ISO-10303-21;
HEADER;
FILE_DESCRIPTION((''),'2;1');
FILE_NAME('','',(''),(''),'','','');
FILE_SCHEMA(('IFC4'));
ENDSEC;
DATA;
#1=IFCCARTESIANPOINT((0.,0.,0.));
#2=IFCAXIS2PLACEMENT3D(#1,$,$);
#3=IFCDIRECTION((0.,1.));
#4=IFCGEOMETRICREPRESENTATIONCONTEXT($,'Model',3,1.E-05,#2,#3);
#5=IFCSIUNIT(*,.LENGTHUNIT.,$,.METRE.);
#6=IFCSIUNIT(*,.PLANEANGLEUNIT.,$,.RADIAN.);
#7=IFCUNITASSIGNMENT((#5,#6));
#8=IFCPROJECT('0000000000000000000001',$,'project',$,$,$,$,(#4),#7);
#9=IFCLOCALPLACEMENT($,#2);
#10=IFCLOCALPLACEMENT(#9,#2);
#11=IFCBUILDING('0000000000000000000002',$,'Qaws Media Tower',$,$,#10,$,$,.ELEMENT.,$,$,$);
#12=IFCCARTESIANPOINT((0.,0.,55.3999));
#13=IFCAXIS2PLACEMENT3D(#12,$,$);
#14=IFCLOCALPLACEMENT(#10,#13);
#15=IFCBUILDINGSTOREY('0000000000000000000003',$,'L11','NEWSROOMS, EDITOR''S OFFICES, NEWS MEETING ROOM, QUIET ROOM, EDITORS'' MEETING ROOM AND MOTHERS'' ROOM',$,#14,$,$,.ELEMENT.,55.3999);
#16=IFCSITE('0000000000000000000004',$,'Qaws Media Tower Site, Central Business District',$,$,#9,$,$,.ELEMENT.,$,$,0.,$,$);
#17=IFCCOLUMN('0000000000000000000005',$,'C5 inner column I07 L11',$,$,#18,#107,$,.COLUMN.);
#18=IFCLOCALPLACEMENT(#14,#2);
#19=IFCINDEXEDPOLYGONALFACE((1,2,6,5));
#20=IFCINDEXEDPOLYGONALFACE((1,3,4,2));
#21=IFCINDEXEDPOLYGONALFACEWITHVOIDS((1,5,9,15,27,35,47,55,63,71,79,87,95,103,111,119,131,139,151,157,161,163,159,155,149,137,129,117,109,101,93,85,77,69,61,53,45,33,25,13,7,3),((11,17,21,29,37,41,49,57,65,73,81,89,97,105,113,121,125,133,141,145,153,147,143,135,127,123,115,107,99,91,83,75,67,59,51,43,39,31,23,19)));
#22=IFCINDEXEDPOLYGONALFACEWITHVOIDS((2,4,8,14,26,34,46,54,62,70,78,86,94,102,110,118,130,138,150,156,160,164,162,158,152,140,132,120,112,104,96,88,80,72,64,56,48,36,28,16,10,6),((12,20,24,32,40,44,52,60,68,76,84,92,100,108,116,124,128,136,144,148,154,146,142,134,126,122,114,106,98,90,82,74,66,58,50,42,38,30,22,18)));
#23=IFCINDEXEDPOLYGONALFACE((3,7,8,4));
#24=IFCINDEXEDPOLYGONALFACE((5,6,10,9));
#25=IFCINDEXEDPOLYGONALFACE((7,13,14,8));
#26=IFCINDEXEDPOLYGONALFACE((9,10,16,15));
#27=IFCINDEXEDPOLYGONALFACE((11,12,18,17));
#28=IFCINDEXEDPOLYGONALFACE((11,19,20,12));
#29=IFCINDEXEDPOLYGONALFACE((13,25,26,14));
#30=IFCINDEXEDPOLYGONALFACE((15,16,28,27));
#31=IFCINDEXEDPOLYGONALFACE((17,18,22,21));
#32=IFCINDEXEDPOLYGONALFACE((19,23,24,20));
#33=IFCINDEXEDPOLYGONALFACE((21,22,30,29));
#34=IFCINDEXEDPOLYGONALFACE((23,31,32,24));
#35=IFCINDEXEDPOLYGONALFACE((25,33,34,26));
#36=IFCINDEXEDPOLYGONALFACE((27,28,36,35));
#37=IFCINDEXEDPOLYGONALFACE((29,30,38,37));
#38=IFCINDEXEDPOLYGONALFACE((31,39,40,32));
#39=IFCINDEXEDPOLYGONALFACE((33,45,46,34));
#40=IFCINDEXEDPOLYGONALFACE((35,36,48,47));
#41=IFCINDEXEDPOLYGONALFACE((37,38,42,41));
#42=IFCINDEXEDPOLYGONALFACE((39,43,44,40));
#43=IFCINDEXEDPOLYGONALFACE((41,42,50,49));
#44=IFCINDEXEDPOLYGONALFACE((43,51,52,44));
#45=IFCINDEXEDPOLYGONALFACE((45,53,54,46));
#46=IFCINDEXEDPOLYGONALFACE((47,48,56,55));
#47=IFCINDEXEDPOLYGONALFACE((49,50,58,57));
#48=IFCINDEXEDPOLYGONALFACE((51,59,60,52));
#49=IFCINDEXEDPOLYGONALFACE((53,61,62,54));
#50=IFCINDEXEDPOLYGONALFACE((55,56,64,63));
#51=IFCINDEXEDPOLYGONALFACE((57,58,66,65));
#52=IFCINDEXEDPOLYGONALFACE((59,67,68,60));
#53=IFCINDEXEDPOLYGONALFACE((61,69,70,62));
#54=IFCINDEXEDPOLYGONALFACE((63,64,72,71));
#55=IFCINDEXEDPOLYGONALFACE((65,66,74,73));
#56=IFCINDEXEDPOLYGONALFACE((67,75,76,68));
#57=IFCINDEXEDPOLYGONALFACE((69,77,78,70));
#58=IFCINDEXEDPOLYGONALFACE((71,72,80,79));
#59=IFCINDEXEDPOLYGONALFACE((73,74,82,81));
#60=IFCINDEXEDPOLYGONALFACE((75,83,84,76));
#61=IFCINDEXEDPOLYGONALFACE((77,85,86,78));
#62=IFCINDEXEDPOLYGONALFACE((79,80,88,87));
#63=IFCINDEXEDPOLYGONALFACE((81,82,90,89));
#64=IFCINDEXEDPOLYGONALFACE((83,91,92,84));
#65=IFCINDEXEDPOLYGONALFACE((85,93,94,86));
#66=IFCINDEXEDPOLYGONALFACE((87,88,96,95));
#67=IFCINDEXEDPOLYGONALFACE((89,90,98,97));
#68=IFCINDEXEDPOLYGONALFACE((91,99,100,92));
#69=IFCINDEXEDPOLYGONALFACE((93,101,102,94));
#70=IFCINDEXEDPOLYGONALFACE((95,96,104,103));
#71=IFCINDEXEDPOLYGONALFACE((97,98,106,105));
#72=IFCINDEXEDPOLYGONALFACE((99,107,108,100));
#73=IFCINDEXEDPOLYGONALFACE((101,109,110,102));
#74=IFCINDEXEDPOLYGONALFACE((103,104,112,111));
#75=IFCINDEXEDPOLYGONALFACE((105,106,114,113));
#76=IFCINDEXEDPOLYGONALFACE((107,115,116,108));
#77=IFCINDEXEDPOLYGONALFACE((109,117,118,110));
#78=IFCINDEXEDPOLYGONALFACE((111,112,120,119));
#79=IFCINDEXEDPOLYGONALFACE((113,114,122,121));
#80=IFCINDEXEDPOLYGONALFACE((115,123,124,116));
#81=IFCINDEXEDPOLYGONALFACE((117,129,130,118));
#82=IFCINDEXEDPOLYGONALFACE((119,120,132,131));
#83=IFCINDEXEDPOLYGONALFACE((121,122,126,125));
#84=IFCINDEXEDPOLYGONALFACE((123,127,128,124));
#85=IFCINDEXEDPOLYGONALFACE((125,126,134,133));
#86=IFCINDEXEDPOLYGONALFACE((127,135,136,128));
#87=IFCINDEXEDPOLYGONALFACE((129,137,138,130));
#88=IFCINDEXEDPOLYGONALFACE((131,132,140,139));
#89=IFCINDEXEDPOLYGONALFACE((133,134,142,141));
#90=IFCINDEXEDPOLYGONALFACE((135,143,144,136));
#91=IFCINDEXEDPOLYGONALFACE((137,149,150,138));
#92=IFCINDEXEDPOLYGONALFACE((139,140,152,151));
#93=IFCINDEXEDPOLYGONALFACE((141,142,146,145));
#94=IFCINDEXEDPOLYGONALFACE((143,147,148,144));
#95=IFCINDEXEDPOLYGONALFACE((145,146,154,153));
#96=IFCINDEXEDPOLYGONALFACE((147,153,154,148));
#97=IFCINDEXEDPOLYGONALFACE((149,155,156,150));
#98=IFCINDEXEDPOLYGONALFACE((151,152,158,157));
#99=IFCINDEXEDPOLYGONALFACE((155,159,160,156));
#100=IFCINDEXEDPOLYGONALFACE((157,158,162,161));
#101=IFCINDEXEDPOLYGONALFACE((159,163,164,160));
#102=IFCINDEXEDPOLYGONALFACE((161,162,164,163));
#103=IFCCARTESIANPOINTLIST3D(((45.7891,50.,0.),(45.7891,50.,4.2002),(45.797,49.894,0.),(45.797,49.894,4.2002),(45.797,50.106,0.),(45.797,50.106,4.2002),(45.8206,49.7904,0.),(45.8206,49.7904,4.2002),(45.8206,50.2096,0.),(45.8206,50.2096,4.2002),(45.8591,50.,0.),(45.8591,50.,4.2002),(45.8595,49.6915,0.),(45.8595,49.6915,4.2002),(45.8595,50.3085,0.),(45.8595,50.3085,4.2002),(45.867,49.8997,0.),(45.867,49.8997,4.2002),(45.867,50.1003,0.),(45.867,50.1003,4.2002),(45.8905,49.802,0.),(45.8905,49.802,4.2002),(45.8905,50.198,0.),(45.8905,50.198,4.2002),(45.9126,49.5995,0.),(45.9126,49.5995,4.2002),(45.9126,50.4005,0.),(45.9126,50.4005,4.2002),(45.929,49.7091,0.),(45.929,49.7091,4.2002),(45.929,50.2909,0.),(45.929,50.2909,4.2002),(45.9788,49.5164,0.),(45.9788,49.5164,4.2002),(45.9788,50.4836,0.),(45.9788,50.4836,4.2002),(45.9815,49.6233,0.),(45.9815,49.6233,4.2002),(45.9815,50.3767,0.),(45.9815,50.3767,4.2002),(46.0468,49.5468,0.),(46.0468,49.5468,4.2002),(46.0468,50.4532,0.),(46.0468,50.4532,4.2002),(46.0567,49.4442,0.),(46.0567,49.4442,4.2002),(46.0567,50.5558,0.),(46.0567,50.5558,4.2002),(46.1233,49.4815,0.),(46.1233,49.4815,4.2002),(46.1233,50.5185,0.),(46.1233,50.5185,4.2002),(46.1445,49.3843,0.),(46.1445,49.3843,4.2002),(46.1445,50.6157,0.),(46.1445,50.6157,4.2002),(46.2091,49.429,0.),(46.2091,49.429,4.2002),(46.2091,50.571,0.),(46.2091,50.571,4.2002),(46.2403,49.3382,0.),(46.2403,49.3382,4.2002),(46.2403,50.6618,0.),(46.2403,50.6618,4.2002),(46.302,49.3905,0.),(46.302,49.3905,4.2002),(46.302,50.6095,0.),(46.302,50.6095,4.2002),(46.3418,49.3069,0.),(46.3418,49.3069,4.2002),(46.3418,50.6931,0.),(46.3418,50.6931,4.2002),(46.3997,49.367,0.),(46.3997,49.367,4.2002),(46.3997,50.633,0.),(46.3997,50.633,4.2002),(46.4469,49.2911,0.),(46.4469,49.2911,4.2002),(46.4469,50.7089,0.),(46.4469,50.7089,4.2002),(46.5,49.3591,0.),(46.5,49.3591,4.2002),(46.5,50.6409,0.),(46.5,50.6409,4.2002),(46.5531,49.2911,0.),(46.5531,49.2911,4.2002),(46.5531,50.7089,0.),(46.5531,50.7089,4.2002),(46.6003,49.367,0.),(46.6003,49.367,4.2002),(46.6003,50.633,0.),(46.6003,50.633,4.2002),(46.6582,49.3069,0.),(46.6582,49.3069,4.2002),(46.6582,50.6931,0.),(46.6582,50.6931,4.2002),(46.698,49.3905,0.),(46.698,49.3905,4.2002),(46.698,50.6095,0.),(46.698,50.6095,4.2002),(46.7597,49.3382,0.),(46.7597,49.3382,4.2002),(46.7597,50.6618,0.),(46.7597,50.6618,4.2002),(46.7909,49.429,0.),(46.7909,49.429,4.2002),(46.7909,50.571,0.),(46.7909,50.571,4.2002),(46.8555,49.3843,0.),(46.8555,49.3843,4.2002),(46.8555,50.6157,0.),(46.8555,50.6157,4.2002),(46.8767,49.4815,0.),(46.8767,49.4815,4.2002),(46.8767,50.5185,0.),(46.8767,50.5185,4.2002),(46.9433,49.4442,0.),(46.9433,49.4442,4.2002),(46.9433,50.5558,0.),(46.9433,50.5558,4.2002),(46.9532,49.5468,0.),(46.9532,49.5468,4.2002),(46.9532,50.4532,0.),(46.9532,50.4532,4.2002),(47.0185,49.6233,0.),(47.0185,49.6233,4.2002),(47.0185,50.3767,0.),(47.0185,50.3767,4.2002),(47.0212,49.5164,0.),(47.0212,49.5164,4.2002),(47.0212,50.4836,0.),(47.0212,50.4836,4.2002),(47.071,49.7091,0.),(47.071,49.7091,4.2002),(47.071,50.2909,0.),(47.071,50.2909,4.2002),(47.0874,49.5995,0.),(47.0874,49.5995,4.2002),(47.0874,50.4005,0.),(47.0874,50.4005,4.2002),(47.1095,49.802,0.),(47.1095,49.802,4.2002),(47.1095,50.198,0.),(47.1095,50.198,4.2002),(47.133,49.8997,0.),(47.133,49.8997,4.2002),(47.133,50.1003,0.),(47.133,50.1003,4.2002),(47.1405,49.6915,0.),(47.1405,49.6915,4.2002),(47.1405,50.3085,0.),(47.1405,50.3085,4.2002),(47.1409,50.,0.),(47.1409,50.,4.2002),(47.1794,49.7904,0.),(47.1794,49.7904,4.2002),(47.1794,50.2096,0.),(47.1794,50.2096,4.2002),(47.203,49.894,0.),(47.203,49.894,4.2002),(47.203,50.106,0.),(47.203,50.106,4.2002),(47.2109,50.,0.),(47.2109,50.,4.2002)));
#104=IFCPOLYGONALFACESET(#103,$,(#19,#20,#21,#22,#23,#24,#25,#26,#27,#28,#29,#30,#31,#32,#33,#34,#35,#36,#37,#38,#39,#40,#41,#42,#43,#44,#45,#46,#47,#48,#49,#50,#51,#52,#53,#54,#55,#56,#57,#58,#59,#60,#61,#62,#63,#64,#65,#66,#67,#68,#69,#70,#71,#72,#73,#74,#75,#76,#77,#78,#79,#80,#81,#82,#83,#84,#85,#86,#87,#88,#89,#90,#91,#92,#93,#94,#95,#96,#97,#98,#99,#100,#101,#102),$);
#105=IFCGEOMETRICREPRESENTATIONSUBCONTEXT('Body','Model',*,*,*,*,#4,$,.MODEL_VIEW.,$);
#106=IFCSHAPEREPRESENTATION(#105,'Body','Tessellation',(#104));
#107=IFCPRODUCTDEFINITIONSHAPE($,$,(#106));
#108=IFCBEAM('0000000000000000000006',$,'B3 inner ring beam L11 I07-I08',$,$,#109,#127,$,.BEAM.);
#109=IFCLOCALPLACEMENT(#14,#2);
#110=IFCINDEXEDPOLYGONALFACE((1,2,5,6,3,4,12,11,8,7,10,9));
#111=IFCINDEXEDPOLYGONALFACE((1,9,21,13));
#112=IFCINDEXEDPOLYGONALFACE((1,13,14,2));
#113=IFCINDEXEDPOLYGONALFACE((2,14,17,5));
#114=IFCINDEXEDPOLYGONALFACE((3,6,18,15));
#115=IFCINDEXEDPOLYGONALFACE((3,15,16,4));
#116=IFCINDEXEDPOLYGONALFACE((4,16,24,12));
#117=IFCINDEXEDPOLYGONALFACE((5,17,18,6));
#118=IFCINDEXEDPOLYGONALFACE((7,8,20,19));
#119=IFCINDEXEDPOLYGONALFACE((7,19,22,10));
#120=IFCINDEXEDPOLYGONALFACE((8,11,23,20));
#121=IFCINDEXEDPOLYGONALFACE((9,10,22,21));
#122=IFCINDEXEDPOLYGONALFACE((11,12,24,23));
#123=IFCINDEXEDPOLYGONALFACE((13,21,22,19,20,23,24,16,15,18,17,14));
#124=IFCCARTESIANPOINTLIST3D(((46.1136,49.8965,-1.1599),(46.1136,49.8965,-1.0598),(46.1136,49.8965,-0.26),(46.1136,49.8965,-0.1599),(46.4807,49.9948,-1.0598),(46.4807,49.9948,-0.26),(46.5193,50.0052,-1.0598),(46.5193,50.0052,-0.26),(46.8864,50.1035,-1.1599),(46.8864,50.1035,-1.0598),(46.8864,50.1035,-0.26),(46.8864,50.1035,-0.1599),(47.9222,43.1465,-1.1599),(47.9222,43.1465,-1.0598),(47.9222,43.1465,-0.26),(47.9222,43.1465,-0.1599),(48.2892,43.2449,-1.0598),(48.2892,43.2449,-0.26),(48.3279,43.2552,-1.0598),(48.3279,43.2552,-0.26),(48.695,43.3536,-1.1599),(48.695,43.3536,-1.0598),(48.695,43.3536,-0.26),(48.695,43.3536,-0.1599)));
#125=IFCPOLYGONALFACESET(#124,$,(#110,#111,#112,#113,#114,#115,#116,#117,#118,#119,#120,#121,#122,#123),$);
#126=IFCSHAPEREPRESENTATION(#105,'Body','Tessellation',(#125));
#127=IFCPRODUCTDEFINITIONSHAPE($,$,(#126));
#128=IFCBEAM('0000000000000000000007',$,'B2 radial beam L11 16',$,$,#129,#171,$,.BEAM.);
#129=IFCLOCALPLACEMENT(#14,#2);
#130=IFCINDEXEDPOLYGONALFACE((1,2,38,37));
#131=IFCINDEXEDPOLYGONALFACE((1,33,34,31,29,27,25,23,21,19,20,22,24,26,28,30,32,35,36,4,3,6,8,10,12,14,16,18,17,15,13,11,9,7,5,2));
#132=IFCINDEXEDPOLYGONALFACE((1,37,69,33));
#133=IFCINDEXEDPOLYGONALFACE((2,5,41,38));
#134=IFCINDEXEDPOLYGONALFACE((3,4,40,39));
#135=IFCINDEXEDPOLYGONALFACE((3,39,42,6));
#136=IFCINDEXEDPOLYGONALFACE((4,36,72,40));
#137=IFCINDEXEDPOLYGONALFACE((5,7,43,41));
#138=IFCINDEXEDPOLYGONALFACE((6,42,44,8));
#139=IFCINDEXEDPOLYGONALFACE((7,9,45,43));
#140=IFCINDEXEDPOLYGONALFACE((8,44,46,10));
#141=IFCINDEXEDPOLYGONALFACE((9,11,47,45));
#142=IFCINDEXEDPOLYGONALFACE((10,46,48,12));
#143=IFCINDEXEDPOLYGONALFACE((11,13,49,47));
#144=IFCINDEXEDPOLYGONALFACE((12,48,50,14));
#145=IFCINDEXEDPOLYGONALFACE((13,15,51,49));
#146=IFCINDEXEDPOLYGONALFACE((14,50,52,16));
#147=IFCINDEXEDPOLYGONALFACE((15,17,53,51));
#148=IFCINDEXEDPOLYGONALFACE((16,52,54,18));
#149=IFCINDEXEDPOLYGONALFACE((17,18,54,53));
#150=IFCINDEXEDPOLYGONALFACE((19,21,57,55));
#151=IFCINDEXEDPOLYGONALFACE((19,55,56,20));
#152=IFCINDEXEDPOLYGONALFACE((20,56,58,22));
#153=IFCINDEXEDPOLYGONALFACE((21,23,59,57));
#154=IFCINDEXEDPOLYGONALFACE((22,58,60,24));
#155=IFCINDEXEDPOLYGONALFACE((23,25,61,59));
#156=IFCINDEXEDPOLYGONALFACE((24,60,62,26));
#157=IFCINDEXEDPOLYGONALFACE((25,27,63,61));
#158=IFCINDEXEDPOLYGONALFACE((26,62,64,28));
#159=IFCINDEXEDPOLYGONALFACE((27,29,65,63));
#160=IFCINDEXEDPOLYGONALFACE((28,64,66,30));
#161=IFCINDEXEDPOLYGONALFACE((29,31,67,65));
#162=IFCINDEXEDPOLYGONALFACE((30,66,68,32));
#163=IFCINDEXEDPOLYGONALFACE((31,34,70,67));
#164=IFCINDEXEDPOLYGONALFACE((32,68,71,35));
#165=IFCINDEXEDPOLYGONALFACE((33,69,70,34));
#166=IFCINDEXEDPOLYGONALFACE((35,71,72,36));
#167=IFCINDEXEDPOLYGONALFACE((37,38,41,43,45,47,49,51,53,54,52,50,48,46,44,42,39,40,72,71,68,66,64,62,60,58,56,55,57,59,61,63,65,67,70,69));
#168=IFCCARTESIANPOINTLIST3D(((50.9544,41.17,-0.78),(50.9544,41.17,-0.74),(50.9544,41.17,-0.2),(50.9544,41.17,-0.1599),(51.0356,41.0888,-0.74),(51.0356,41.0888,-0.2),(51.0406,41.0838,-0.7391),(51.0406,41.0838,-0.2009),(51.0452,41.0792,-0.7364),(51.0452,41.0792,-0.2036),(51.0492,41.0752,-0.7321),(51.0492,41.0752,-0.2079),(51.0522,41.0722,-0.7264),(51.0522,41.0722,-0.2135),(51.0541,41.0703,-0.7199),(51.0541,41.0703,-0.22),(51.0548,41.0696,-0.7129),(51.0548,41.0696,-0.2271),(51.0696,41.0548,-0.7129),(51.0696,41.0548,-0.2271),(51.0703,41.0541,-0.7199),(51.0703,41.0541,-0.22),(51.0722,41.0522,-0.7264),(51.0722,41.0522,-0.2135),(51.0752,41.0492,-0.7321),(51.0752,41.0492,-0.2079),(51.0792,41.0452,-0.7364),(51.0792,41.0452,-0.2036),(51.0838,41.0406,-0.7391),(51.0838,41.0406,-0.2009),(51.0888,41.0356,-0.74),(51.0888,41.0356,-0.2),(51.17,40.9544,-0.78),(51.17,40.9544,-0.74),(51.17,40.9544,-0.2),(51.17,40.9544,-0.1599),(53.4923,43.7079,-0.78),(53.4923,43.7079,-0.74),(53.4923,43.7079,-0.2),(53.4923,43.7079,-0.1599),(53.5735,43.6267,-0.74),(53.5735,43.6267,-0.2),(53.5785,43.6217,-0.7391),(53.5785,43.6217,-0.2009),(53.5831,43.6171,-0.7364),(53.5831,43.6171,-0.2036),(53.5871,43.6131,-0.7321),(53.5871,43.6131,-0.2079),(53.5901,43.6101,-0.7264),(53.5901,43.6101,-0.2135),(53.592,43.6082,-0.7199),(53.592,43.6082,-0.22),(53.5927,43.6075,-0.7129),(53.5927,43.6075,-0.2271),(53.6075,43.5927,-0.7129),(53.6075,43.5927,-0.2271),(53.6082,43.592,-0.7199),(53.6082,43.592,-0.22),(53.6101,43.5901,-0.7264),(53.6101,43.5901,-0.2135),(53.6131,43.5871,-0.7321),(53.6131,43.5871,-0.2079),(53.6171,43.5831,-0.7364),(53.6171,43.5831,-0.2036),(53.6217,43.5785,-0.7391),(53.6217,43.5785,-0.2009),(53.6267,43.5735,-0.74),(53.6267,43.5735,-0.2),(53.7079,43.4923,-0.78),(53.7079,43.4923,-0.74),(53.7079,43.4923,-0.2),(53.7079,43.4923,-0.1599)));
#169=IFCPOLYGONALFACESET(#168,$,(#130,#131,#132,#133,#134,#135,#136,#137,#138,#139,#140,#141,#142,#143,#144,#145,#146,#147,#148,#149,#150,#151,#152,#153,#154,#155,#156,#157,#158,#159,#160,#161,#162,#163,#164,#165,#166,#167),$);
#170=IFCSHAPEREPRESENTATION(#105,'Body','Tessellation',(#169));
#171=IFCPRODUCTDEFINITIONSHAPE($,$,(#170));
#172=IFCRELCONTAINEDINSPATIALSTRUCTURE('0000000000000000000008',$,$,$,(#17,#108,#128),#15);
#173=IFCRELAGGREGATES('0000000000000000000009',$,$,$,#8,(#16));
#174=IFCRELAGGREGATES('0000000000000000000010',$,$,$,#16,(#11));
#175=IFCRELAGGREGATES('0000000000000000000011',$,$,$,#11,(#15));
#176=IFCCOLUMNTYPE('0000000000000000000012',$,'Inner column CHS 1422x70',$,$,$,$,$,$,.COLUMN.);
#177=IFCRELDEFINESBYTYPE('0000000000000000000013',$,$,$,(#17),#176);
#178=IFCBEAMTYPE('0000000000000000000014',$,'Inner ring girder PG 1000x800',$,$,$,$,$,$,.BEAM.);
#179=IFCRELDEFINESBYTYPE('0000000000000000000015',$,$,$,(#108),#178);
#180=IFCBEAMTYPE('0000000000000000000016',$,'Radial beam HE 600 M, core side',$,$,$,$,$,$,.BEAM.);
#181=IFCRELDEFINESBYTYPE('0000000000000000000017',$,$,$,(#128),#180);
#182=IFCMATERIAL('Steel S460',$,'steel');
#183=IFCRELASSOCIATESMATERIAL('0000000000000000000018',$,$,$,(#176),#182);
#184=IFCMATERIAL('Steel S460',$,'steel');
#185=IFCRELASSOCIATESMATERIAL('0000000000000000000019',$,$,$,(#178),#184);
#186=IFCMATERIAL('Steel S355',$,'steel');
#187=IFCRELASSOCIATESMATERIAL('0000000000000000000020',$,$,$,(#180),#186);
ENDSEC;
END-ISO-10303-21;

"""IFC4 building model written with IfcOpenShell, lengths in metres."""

from ifc_helpers import new_model, si_unit, direction, frame, origin, origin_2d, place, context, subcontext, project, spatial, hollow_circle, i_section, extrude, material, material_profile, profile_set, type_object, element, save


model = new_model("IFC4")

# Units and contexts
model_context = context("Model", 3, precision=1e-05, world=origin(), true_north=direction((0.0, 1.0)))
body_context = subcontext(model_context, "Body", "Model", "MODEL_VIEW")
ifc_project = project(units=[si_unit("LENGTHUNIT", "METRE"), si_unit("PLANEANGLEUNIT", "RADIAN")], contexts=[model_context])

# Site, building, storey
site_placement = place(None, origin())
site = spatial("IfcSite", under=ifc_project, at=site_placement, Name="Qaws Media Tower Site, Central Business District", CompositionType="ELEMENT", RefElevation=0.0)
building_placement = place(site_placement, origin())
building = spatial("IfcBuilding", under=site, at=building_placement, Name="Qaws Media Tower", CompositionType="ELEMENT")
storey_placement = place(building_placement, frame((0.0, 0.0, 55.3999)))
storey = spatial("IfcBuildingStorey", under=building, at=storey_placement, Name="L11", Description="NEWSROOMS, EDITOR'S OFFICES, NEWS MEETING ROOM, QUIET ROOM, EDITORS' MEETING ROOM AND MOTHERS' ROOM", CompositionType="ELEMENT", Elevation=55.3999)

# Column
ifc_material_1 = material(Name="Steel S460", Category="steel")
ifc_material_profile_1 = material_profile(ifc_material_1, hollow_circle(Radius=0.7109, WallThickness=0.0701, at=origin_2d()), Name="CHS 1422x70")
ifc_profile_set_1 = profile_set([ifc_material_profile_1], Name="Steel S460")
column_type = type_object("IfcColumnType", Name="Inner column CHS 1422x70", PredefinedType="COLUMN", material=ifc_profile_set_1)
column_placement = place(storey_placement, frame((46.5, 50.0, 0.0), z_axis=(0.0, 0.0, 1.0), x_axis=(1.0, 0.0, 0.0)))
element("IfcColumn", 1, at=column_placement, inside=storey, type_object=column_type, Name="C5 inner column I07 L11", PredefinedType="COLUMN", context=body_context, shape_type="SweptSolid", body=[
    extrude(hollow_circle(Radius=0.7109, WallThickness=0.0701, at=origin_2d()), origin(), (0.0, 0.0, 1.0), 4.2002),
])

# Beams
ifc_material_2 = material(Name="Steel S460", Category="steel")
ifc_material_profile_2 = material_profile(ifc_material_2, i_section(OverallWidth=0.8, OverallDepth=1.0, WebThickness=0.04, FlangeThickness=0.1001, at=origin_2d()), Name="PG 1000x800")
ifc_profile_set_2 = profile_set([ifc_material_profile_2], Name="Steel S460")
beam_type_1 = type_object("IfcBeamType", Name="Inner ring girder PG 1000x800", PredefinedType="BEAM", material=ifc_profile_set_2)
beam_1_placement = place(storey_placement, frame((46.5, 50.0, -0.6599), z_axis=(0.258811, -0.965928, 0.0), x_axis=(0.965928, 0.258811, 0.0)))
element("IfcBeam", 2, at=beam_1_placement, inside=storey, type_object=beam_type_1, Name="B3 inner ring beam L11 I07-I08", PredefinedType="BEAM", context=body_context, shape_type="SweptSolid", body=[
    extrude(i_section(OverallWidth=0.8, OverallDepth=1.0, WebThickness=0.04, FlangeThickness=0.1001, at=origin_2d()), origin(), (0.0, 0.0, 1.0), 6.988),
])
ifc_material_3 = material(Name="Steel S355", Category="steel")
ifc_material_profile_3 = material_profile(ifc_material_3, i_section(OverallWidth=0.3049, OverallDepth=0.6201, WebThickness=0.021, FlangeThickness=0.04, FilletRadius=0.0271, at=origin_2d()), Name="HE 600 M")
ifc_profile_set_3 = profile_set([ifc_material_profile_3], Name="Steel S355")
beam_type_2 = type_object("IfcBeamType", Name="Radial beam HE 600 M, core side", PredefinedType="BEAM", material=ifc_profile_set_3)
beam_2_placement = place(storey_placement, frame((53.6001, 43.6001, -0.47), z_axis=(-0.707107, -0.707107, 0.0), x_axis=(0.707107, -0.707107, 0.0)))
element("IfcBeam", 3, at=beam_2_placement, inside=storey, type_object=beam_type_2, Name="B2 radial beam L11 16", PredefinedType="BEAM", context=body_context, shape_type="SweptSolid", body=[
    extrude(i_section(OverallWidth=0.3049, OverallDepth=0.6201, WebThickness=0.021, FlangeThickness=0.04, FilletRadius=0.0271, at=origin_2d()), origin(), (0.0, 0.0, 1.0), 3.5891),
])

save(model, "model.ifc")
